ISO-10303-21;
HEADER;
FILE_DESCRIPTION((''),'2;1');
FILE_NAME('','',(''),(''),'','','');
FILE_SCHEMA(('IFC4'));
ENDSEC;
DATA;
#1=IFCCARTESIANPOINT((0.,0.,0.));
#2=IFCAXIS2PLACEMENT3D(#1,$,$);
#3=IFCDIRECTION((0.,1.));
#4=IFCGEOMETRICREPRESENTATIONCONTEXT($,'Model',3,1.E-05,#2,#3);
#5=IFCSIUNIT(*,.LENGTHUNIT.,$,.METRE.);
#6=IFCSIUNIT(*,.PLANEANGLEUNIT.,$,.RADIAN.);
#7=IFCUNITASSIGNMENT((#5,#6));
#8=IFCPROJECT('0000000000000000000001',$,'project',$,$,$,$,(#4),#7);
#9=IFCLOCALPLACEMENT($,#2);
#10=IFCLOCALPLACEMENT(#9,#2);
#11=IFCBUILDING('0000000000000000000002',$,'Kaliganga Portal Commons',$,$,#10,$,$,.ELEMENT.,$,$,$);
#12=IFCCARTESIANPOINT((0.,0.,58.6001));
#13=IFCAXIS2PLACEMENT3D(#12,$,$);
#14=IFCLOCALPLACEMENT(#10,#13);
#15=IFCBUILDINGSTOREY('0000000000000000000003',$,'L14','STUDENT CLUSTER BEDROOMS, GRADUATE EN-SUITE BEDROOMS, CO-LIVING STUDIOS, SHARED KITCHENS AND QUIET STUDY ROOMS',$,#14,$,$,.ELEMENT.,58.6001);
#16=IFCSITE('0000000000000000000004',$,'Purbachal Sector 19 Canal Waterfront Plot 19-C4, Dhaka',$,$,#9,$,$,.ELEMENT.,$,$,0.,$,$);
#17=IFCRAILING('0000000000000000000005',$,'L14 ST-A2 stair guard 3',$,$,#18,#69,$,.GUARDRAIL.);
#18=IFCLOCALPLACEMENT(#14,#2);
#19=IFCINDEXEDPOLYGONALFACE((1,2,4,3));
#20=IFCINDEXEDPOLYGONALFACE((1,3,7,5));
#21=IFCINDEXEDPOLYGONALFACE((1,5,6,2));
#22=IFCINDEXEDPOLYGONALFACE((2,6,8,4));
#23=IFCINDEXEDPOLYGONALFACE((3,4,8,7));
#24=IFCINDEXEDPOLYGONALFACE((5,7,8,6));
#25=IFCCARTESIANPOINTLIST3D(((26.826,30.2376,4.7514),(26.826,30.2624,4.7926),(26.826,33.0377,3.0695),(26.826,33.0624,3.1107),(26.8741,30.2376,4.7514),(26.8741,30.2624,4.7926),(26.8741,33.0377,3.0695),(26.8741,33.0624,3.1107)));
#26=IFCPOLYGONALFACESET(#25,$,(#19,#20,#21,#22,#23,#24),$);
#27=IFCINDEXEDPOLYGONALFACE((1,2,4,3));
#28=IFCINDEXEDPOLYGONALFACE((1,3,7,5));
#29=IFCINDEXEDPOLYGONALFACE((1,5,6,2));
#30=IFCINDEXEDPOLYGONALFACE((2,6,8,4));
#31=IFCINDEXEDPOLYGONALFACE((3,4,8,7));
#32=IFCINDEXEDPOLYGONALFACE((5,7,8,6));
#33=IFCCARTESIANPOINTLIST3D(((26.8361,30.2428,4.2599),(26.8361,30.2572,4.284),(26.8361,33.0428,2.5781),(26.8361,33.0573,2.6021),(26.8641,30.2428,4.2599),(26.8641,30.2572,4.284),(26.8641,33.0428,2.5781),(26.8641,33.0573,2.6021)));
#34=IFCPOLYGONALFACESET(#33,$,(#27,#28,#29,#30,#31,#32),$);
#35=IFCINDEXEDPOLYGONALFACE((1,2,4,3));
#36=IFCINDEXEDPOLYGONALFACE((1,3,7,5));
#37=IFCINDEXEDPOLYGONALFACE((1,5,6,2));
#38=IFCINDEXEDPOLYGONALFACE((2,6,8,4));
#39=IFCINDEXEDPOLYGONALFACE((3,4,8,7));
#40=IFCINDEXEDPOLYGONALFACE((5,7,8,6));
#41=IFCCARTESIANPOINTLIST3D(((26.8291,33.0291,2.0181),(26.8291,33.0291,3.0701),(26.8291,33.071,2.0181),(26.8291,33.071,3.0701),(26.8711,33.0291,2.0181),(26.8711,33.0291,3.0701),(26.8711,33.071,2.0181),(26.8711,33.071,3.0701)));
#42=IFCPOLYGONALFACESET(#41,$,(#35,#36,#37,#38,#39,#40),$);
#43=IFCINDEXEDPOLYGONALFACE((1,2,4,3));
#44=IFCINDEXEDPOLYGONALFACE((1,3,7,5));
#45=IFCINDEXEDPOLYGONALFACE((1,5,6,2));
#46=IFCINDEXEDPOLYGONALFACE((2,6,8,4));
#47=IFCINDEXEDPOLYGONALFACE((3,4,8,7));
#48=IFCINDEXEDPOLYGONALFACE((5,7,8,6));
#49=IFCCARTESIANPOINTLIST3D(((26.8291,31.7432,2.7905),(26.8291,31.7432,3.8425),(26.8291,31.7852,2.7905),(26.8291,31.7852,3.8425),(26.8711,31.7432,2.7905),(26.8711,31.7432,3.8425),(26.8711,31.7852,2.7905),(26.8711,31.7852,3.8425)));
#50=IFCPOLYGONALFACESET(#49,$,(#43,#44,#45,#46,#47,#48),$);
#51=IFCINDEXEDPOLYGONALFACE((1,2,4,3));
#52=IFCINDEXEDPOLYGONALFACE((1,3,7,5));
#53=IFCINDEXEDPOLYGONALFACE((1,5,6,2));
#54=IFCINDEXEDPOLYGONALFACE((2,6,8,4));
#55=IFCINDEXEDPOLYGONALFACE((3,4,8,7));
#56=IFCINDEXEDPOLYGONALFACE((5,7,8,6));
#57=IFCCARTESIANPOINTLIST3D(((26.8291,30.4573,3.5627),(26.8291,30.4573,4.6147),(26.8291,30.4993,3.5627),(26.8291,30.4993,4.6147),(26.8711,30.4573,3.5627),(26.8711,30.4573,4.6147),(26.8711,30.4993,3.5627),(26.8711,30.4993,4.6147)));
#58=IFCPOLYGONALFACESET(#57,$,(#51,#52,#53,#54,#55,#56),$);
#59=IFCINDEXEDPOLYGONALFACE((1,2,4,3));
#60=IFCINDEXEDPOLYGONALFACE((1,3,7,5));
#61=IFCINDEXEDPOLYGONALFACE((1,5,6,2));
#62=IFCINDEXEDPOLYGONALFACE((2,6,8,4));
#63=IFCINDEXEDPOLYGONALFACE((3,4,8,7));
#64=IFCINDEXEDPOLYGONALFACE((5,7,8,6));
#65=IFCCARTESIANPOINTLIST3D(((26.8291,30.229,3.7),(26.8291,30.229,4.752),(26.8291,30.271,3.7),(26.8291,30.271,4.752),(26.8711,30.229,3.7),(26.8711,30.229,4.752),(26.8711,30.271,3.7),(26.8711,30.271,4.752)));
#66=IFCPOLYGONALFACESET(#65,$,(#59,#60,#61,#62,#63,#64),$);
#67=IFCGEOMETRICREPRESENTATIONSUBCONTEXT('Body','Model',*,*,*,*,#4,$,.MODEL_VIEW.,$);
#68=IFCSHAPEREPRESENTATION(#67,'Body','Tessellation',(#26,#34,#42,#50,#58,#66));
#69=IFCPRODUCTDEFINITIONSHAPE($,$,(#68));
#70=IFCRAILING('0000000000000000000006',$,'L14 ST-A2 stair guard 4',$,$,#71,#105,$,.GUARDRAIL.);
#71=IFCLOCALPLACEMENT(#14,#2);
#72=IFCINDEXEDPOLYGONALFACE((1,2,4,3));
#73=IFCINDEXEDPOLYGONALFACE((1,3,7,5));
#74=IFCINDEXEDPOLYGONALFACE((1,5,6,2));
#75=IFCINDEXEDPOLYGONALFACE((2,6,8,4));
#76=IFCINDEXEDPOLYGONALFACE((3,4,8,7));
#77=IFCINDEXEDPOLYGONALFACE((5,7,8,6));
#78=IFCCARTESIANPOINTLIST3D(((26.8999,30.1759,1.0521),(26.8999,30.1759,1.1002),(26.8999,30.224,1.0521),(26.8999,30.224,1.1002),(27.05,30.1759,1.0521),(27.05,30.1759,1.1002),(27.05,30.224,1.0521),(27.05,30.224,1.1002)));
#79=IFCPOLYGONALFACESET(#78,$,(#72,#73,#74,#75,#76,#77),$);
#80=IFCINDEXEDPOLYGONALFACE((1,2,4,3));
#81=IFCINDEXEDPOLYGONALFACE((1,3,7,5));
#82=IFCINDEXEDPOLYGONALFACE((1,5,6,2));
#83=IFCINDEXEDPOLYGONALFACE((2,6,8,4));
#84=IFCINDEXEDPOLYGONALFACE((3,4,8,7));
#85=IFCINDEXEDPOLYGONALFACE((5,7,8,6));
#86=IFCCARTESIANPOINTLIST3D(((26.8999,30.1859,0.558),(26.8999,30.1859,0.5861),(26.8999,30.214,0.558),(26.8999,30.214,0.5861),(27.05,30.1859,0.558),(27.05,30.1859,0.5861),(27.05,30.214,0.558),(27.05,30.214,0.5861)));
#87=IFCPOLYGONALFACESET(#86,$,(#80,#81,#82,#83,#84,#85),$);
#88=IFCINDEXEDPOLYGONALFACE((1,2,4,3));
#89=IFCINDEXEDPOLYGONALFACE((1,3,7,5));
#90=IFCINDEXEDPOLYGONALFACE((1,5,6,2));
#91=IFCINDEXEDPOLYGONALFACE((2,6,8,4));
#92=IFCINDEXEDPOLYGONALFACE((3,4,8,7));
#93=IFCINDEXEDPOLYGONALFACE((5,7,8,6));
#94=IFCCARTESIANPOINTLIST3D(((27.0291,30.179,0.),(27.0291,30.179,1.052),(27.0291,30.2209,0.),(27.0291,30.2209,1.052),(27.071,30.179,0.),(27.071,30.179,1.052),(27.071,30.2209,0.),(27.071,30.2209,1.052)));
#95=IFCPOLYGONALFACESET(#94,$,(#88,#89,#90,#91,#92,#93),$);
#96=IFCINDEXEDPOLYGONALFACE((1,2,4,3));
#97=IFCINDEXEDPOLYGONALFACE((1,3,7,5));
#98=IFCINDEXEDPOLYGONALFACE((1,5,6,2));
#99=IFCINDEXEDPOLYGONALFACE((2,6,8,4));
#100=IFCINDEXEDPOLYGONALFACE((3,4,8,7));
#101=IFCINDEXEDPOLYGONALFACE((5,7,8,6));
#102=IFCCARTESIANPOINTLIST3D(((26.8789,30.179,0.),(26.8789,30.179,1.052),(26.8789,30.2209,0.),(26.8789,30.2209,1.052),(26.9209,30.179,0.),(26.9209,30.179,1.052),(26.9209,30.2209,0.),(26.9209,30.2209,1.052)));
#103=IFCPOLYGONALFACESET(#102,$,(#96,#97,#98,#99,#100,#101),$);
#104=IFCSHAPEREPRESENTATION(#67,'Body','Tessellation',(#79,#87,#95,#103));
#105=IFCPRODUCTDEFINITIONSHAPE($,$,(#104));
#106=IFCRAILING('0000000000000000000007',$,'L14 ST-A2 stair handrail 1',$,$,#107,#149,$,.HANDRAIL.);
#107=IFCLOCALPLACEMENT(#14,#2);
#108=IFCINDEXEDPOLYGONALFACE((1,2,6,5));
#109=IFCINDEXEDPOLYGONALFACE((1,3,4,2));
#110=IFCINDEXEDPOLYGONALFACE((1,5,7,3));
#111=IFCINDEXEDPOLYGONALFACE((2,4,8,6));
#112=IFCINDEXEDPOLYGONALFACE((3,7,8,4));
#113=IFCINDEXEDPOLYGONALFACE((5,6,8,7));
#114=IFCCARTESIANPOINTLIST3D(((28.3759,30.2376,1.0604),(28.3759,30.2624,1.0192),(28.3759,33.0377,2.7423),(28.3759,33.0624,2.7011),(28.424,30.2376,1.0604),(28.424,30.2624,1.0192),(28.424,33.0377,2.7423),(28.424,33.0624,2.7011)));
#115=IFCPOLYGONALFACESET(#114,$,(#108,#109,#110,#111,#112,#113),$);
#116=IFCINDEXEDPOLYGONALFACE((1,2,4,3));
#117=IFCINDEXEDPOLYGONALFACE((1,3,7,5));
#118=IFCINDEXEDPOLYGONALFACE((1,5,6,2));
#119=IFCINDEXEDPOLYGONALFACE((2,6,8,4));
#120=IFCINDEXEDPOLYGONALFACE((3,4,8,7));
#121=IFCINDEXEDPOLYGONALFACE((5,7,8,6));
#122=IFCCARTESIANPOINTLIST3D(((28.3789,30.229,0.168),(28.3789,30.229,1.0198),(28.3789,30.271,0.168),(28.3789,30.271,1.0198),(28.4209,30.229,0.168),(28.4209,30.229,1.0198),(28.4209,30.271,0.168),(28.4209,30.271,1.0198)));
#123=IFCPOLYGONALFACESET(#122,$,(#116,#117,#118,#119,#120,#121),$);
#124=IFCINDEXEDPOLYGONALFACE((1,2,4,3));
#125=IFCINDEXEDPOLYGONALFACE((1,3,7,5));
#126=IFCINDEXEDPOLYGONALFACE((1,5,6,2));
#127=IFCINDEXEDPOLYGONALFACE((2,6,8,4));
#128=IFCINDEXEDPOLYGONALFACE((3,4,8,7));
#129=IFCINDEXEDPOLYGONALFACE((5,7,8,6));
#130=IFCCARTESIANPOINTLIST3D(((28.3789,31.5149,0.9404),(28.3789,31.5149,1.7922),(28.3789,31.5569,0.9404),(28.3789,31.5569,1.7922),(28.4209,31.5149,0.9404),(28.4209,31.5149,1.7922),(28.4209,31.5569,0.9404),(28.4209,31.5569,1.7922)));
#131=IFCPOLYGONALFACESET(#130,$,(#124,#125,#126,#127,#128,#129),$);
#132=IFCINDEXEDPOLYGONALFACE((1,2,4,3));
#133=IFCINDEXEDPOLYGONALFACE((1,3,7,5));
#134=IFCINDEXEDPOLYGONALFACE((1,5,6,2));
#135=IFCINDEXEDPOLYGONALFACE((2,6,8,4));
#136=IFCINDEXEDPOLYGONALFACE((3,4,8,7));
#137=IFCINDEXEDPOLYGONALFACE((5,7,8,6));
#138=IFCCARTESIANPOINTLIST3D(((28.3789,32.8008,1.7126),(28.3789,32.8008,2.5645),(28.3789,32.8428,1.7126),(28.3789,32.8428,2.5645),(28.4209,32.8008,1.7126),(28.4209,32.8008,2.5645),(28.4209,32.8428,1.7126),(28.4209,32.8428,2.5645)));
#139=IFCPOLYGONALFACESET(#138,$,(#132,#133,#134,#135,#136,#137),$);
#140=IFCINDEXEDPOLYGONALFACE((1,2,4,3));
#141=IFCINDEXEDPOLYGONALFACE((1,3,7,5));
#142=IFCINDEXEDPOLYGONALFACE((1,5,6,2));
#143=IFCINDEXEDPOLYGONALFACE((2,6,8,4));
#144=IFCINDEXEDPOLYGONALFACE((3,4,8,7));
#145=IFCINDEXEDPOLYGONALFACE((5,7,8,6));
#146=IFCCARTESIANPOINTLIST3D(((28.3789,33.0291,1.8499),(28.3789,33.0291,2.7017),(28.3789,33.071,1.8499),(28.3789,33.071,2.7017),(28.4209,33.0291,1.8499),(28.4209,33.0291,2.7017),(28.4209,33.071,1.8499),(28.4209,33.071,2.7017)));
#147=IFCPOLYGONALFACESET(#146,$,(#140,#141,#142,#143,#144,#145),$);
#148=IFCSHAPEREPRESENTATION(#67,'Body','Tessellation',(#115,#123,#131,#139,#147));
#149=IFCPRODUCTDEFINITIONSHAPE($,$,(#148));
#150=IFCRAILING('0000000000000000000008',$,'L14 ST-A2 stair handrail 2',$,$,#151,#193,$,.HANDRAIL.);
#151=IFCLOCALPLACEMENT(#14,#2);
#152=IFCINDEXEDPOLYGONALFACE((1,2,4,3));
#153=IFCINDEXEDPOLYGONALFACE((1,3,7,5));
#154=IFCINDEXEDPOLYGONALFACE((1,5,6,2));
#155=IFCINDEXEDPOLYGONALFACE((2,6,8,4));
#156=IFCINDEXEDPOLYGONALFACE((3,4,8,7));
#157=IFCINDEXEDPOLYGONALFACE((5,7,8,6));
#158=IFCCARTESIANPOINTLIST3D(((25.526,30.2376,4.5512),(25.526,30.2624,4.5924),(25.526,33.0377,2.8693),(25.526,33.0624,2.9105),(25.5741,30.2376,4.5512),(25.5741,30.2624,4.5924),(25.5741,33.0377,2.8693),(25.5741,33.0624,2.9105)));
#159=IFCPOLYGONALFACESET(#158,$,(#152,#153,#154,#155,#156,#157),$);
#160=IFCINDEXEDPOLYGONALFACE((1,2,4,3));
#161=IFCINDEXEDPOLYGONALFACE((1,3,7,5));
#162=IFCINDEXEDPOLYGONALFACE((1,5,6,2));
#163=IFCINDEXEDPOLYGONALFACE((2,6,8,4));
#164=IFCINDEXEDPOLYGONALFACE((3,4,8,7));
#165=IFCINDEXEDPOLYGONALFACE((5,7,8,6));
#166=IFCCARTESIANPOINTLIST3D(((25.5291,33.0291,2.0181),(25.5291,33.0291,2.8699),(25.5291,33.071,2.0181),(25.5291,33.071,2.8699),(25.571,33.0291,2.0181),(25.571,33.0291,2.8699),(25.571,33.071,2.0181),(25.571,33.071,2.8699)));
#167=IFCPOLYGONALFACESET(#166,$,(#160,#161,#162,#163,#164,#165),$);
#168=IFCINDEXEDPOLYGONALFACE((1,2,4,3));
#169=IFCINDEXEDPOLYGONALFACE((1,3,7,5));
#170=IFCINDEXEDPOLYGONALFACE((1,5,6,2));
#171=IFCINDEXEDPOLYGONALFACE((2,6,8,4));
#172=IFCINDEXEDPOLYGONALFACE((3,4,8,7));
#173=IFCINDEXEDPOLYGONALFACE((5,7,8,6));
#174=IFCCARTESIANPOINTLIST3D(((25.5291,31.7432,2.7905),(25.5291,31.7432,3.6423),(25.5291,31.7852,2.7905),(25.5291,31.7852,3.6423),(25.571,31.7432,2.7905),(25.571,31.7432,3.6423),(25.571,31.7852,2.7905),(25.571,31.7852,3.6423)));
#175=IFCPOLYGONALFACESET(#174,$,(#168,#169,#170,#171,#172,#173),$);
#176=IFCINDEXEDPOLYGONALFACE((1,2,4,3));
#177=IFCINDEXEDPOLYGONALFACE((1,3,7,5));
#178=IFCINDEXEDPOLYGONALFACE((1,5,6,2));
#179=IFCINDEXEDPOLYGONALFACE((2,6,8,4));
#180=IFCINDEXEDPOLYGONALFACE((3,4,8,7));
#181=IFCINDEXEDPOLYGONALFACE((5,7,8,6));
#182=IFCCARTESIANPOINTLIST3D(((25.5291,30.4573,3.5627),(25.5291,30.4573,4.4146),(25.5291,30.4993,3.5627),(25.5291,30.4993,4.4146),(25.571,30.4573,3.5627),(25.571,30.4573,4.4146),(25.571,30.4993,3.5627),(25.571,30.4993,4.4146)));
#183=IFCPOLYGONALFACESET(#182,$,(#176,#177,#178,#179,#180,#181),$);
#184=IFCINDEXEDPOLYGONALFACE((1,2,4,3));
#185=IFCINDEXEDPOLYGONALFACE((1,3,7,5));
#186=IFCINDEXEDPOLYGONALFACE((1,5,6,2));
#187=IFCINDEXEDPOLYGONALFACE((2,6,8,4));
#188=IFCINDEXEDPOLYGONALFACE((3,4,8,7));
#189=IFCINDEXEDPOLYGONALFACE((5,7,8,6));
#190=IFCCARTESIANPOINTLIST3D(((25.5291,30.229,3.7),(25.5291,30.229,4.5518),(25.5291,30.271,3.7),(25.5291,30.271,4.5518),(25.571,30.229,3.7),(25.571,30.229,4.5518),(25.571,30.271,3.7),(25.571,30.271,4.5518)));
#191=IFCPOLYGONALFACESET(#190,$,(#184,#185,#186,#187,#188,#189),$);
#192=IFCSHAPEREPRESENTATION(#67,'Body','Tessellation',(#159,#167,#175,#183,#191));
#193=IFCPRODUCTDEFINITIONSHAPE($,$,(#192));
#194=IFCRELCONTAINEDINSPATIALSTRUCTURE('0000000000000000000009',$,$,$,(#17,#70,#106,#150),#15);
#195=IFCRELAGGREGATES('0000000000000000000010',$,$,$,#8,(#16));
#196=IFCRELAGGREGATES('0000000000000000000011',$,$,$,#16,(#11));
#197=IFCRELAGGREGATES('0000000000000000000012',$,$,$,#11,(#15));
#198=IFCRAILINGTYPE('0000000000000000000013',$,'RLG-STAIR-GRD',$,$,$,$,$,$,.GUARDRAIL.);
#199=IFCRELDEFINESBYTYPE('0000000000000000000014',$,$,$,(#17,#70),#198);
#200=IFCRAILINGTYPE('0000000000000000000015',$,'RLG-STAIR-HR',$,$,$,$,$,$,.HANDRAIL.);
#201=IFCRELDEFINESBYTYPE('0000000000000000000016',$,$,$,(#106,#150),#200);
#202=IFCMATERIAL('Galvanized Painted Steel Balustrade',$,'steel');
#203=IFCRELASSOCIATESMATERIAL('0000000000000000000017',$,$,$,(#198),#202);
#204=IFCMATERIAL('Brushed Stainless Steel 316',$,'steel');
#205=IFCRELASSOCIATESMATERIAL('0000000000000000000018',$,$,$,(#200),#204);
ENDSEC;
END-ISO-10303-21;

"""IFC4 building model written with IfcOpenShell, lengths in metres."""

from ifc_helpers import new_model, si_unit, direction, frame, origin, origin_2d, place, context, subcontext, project, spatial, rectangle, extrude, material, type_object, element, save


model = new_model("IFC4")

# Units and contexts
model_context = context("Model", 3, precision=1e-05, world=origin(), true_north=direction((0.0, 1.0)))
body_context = subcontext(model_context, "Body", "Model", "MODEL_VIEW")
ifc_project = project(units=[si_unit("LENGTHUNIT", "METRE"), si_unit("PLANEANGLEUNIT", "RADIAN")], contexts=[model_context])

# Site, building, storey
site_placement = place(None, origin())
site = spatial("IfcSite", under=ifc_project, at=site_placement, Name="Purbachal Sector 19 Canal Waterfront Plot 19-C4, Dhaka", CompositionType="ELEMENT", RefElevation=0.0)
building_placement = place(site_placement, origin())
building = spatial("IfcBuilding", under=site, at=building_placement, Name="Kaliganga Portal Commons", CompositionType="ELEMENT")
storey_placement = place(building_placement, frame((0.0, 0.0, 58.6001)))
storey = spatial("IfcBuildingStorey", under=building, at=storey_placement, Name="L14", Description="STUDENT CLUSTER BEDROOMS, GRADUATE EN-SUITE BEDROOMS, CO-LIVING STUDIOS, SHARED KITCHENS AND QUIET STUDY ROOMS", CompositionType="ELEMENT", Elevation=58.6001)

# Railings
ifc_material_1 = material(Name="Galvanized Painted Steel Balustrade", Category="steel")
railing_type_1 = type_object("IfcRailingType", Name="RLG-STAIR-GRD", PredefinedType="GUARDRAIL", material=ifc_material_1)
railing_1_placement = place(storey_placement, frame((26.8501, 33.05, 2.0181)))
element("IfcRailing", 1, at=railing_1_placement, inside=storey, type_object=railing_type_1, Name="L14 ST-A2 stair guard 3", PredefinedType="GUARDRAIL", context=body_context, shape_type="SweptSolid", body=[
    extrude(rectangle(XDim=0.0481, YDim=0.0481, at=origin_2d()), frame((0.0, 0.0, 1.072), z_axis=(0.0, -0.857242, 0.514913), x_axis=(1.0, 0.0, 0.0)), (0.0, 0.0, 1.0), 3.2664),
    extrude(rectangle(XDim=0.0281, YDim=0.0281, at=origin_2d()), frame((0.0, 0.0, 0.572), z_axis=(0.0, -0.857242, 0.514913), x_axis=(1.0, 0.0, 0.0)), (0.0, 0.0, 1.0), 3.2664),
    extrude(rectangle(XDim=0.042, YDim=0.042, at=origin_2d()), origin(), (0.0, 0.0, 1.0), 1.052),
    extrude(rectangle(XDim=0.042, YDim=0.042, at=origin_2d()), frame((0.0, -1.2859, 0.7725)), (0.0, 0.0, 1.0), 1.052),
    extrude(rectangle(XDim=0.042, YDim=0.042, at=origin_2d()), frame((0.0, -2.5718, 1.5447)), (0.0, 0.0, 1.0), 1.052),
    extrude(rectangle(XDim=0.042, YDim=0.042, at=origin_2d()), frame((0.0, -2.8, 1.6819)), (0.0, 0.0, 1.0), 1.052),
])
railing_2_placement = place(storey_placement, frame((27.05, 30.2, 0.0)))
element("IfcRailing", 2, at=railing_2_placement, inside=storey, type_object=railing_type_1, Name="L14 ST-A2 stair guard 4", PredefinedType="GUARDRAIL", context=body_context, shape_type="SweptSolid", body=[
    extrude(rectangle(XDim=0.0481, YDim=0.0481, at=origin_2d()), frame((0.0, 0.0, 1.0762), z_axis=(-1.0, 0.0, 0.0), x_axis=(0.0, -1.0, 0.0)), (0.0, 0.0, 1.0), 0.1501),
    extrude(rectangle(XDim=0.0281, YDim=0.0281, at=origin_2d()), frame((0.0, 0.0, 0.572), z_axis=(-1.0, 0.0, 0.0), x_axis=(0.0, -1.0, 0.0)), (0.0, 0.0, 1.0), 0.1501),
    extrude(rectangle(XDim=0.042, YDim=0.042, at=origin_2d()), origin(), (0.0, 0.0, 1.0), 1.052),
    extrude(rectangle(XDim=0.042, YDim=0.042, at=origin_2d()), frame((-0.1501, 0.0, 0.0)), (0.0, 0.0, 1.0), 1.052),
])
ifc_material_2 = material(Name="Brushed Stainless Steel 316", Category="steel")
railing_type_2 = type_object("IfcRailingType", Name="RLG-STAIR-HR", PredefinedType="HANDRAIL", material=ifc_material_2)
railing_3_placement = place(storey_placement, frame((28.3999, 30.25, 0.168)))
element("IfcRailing", 3, at=railing_3_placement, inside=storey, type_object=railing_type_2, Name="L14 ST-A2 stair handrail 1", PredefinedType="HANDRAIL", context=body_context, shape_type="SweptSolid", body=[
    extrude(rectangle(XDim=0.0481, YDim=0.0481, at=origin_2d()), frame((0.0, 0.0, 0.8718), z_axis=(0.0, 0.857242, 0.514913), x_axis=(-1.0, 0.0, 0.0)), (0.0, 0.0, 1.0), 3.2664),
    extrude(rectangle(XDim=0.042, YDim=0.042, at=origin_2d()), origin(), (0.0, 0.0, 1.0), 0.8518),
    extrude(rectangle(XDim=0.042, YDim=0.042, at=origin_2d()), frame((0.0, 1.2859, 0.7725)), (0.0, 0.0, 1.0), 0.8518),
    extrude(rectangle(XDim=0.042, YDim=0.042, at=origin_2d()), frame((0.0, 2.5718, 1.5447)), (0.0, 0.0, 1.0), 0.8518),
    extrude(rectangle(XDim=0.042, YDim=0.042, at=origin_2d()), frame((0.0, 2.8, 1.6819)), (0.0, 0.0, 1.0), 0.8518),
])
railing_4_placement = place(storey_placement, frame((25.55, 33.05, 2.0181)))
element("IfcRailing", 4, at=railing_4_placement, inside=storey, type_object=railing_type_2, Name="L14 ST-A2 stair handrail 2", PredefinedType="HANDRAIL", context=body_context, shape_type="SweptSolid", body=[
    extrude(rectangle(XDim=0.0481, YDim=0.0481, at=origin_2d()), frame((0.0, 0.0, 0.8718), z_axis=(0.0, -0.857242, 0.514913), x_axis=(1.0, 0.0, 0.0)), (0.0, 0.0, 1.0), 3.2664),
    extrude(rectangle(XDim=0.042, YDim=0.042, at=origin_2d()), origin(), (0.0, 0.0, 1.0), 0.8518),
    extrude(rectangle(XDim=0.042, YDim=0.042, at=origin_2d()), frame((0.0, -1.2859, 0.7725)), (0.0, 0.0, 1.0), 0.8518),
    extrude(rectangle(XDim=0.042, YDim=0.042, at=origin_2d()), frame((0.0, -2.5718, 1.5447)), (0.0, 0.0, 1.0), 0.8518),
    extrude(rectangle(XDim=0.042, YDim=0.042, at=origin_2d()), frame((0.0, -2.8, 1.6819)), (0.0, 0.0, 1.0), 0.8518),
])

save(model, "model.ifc")
